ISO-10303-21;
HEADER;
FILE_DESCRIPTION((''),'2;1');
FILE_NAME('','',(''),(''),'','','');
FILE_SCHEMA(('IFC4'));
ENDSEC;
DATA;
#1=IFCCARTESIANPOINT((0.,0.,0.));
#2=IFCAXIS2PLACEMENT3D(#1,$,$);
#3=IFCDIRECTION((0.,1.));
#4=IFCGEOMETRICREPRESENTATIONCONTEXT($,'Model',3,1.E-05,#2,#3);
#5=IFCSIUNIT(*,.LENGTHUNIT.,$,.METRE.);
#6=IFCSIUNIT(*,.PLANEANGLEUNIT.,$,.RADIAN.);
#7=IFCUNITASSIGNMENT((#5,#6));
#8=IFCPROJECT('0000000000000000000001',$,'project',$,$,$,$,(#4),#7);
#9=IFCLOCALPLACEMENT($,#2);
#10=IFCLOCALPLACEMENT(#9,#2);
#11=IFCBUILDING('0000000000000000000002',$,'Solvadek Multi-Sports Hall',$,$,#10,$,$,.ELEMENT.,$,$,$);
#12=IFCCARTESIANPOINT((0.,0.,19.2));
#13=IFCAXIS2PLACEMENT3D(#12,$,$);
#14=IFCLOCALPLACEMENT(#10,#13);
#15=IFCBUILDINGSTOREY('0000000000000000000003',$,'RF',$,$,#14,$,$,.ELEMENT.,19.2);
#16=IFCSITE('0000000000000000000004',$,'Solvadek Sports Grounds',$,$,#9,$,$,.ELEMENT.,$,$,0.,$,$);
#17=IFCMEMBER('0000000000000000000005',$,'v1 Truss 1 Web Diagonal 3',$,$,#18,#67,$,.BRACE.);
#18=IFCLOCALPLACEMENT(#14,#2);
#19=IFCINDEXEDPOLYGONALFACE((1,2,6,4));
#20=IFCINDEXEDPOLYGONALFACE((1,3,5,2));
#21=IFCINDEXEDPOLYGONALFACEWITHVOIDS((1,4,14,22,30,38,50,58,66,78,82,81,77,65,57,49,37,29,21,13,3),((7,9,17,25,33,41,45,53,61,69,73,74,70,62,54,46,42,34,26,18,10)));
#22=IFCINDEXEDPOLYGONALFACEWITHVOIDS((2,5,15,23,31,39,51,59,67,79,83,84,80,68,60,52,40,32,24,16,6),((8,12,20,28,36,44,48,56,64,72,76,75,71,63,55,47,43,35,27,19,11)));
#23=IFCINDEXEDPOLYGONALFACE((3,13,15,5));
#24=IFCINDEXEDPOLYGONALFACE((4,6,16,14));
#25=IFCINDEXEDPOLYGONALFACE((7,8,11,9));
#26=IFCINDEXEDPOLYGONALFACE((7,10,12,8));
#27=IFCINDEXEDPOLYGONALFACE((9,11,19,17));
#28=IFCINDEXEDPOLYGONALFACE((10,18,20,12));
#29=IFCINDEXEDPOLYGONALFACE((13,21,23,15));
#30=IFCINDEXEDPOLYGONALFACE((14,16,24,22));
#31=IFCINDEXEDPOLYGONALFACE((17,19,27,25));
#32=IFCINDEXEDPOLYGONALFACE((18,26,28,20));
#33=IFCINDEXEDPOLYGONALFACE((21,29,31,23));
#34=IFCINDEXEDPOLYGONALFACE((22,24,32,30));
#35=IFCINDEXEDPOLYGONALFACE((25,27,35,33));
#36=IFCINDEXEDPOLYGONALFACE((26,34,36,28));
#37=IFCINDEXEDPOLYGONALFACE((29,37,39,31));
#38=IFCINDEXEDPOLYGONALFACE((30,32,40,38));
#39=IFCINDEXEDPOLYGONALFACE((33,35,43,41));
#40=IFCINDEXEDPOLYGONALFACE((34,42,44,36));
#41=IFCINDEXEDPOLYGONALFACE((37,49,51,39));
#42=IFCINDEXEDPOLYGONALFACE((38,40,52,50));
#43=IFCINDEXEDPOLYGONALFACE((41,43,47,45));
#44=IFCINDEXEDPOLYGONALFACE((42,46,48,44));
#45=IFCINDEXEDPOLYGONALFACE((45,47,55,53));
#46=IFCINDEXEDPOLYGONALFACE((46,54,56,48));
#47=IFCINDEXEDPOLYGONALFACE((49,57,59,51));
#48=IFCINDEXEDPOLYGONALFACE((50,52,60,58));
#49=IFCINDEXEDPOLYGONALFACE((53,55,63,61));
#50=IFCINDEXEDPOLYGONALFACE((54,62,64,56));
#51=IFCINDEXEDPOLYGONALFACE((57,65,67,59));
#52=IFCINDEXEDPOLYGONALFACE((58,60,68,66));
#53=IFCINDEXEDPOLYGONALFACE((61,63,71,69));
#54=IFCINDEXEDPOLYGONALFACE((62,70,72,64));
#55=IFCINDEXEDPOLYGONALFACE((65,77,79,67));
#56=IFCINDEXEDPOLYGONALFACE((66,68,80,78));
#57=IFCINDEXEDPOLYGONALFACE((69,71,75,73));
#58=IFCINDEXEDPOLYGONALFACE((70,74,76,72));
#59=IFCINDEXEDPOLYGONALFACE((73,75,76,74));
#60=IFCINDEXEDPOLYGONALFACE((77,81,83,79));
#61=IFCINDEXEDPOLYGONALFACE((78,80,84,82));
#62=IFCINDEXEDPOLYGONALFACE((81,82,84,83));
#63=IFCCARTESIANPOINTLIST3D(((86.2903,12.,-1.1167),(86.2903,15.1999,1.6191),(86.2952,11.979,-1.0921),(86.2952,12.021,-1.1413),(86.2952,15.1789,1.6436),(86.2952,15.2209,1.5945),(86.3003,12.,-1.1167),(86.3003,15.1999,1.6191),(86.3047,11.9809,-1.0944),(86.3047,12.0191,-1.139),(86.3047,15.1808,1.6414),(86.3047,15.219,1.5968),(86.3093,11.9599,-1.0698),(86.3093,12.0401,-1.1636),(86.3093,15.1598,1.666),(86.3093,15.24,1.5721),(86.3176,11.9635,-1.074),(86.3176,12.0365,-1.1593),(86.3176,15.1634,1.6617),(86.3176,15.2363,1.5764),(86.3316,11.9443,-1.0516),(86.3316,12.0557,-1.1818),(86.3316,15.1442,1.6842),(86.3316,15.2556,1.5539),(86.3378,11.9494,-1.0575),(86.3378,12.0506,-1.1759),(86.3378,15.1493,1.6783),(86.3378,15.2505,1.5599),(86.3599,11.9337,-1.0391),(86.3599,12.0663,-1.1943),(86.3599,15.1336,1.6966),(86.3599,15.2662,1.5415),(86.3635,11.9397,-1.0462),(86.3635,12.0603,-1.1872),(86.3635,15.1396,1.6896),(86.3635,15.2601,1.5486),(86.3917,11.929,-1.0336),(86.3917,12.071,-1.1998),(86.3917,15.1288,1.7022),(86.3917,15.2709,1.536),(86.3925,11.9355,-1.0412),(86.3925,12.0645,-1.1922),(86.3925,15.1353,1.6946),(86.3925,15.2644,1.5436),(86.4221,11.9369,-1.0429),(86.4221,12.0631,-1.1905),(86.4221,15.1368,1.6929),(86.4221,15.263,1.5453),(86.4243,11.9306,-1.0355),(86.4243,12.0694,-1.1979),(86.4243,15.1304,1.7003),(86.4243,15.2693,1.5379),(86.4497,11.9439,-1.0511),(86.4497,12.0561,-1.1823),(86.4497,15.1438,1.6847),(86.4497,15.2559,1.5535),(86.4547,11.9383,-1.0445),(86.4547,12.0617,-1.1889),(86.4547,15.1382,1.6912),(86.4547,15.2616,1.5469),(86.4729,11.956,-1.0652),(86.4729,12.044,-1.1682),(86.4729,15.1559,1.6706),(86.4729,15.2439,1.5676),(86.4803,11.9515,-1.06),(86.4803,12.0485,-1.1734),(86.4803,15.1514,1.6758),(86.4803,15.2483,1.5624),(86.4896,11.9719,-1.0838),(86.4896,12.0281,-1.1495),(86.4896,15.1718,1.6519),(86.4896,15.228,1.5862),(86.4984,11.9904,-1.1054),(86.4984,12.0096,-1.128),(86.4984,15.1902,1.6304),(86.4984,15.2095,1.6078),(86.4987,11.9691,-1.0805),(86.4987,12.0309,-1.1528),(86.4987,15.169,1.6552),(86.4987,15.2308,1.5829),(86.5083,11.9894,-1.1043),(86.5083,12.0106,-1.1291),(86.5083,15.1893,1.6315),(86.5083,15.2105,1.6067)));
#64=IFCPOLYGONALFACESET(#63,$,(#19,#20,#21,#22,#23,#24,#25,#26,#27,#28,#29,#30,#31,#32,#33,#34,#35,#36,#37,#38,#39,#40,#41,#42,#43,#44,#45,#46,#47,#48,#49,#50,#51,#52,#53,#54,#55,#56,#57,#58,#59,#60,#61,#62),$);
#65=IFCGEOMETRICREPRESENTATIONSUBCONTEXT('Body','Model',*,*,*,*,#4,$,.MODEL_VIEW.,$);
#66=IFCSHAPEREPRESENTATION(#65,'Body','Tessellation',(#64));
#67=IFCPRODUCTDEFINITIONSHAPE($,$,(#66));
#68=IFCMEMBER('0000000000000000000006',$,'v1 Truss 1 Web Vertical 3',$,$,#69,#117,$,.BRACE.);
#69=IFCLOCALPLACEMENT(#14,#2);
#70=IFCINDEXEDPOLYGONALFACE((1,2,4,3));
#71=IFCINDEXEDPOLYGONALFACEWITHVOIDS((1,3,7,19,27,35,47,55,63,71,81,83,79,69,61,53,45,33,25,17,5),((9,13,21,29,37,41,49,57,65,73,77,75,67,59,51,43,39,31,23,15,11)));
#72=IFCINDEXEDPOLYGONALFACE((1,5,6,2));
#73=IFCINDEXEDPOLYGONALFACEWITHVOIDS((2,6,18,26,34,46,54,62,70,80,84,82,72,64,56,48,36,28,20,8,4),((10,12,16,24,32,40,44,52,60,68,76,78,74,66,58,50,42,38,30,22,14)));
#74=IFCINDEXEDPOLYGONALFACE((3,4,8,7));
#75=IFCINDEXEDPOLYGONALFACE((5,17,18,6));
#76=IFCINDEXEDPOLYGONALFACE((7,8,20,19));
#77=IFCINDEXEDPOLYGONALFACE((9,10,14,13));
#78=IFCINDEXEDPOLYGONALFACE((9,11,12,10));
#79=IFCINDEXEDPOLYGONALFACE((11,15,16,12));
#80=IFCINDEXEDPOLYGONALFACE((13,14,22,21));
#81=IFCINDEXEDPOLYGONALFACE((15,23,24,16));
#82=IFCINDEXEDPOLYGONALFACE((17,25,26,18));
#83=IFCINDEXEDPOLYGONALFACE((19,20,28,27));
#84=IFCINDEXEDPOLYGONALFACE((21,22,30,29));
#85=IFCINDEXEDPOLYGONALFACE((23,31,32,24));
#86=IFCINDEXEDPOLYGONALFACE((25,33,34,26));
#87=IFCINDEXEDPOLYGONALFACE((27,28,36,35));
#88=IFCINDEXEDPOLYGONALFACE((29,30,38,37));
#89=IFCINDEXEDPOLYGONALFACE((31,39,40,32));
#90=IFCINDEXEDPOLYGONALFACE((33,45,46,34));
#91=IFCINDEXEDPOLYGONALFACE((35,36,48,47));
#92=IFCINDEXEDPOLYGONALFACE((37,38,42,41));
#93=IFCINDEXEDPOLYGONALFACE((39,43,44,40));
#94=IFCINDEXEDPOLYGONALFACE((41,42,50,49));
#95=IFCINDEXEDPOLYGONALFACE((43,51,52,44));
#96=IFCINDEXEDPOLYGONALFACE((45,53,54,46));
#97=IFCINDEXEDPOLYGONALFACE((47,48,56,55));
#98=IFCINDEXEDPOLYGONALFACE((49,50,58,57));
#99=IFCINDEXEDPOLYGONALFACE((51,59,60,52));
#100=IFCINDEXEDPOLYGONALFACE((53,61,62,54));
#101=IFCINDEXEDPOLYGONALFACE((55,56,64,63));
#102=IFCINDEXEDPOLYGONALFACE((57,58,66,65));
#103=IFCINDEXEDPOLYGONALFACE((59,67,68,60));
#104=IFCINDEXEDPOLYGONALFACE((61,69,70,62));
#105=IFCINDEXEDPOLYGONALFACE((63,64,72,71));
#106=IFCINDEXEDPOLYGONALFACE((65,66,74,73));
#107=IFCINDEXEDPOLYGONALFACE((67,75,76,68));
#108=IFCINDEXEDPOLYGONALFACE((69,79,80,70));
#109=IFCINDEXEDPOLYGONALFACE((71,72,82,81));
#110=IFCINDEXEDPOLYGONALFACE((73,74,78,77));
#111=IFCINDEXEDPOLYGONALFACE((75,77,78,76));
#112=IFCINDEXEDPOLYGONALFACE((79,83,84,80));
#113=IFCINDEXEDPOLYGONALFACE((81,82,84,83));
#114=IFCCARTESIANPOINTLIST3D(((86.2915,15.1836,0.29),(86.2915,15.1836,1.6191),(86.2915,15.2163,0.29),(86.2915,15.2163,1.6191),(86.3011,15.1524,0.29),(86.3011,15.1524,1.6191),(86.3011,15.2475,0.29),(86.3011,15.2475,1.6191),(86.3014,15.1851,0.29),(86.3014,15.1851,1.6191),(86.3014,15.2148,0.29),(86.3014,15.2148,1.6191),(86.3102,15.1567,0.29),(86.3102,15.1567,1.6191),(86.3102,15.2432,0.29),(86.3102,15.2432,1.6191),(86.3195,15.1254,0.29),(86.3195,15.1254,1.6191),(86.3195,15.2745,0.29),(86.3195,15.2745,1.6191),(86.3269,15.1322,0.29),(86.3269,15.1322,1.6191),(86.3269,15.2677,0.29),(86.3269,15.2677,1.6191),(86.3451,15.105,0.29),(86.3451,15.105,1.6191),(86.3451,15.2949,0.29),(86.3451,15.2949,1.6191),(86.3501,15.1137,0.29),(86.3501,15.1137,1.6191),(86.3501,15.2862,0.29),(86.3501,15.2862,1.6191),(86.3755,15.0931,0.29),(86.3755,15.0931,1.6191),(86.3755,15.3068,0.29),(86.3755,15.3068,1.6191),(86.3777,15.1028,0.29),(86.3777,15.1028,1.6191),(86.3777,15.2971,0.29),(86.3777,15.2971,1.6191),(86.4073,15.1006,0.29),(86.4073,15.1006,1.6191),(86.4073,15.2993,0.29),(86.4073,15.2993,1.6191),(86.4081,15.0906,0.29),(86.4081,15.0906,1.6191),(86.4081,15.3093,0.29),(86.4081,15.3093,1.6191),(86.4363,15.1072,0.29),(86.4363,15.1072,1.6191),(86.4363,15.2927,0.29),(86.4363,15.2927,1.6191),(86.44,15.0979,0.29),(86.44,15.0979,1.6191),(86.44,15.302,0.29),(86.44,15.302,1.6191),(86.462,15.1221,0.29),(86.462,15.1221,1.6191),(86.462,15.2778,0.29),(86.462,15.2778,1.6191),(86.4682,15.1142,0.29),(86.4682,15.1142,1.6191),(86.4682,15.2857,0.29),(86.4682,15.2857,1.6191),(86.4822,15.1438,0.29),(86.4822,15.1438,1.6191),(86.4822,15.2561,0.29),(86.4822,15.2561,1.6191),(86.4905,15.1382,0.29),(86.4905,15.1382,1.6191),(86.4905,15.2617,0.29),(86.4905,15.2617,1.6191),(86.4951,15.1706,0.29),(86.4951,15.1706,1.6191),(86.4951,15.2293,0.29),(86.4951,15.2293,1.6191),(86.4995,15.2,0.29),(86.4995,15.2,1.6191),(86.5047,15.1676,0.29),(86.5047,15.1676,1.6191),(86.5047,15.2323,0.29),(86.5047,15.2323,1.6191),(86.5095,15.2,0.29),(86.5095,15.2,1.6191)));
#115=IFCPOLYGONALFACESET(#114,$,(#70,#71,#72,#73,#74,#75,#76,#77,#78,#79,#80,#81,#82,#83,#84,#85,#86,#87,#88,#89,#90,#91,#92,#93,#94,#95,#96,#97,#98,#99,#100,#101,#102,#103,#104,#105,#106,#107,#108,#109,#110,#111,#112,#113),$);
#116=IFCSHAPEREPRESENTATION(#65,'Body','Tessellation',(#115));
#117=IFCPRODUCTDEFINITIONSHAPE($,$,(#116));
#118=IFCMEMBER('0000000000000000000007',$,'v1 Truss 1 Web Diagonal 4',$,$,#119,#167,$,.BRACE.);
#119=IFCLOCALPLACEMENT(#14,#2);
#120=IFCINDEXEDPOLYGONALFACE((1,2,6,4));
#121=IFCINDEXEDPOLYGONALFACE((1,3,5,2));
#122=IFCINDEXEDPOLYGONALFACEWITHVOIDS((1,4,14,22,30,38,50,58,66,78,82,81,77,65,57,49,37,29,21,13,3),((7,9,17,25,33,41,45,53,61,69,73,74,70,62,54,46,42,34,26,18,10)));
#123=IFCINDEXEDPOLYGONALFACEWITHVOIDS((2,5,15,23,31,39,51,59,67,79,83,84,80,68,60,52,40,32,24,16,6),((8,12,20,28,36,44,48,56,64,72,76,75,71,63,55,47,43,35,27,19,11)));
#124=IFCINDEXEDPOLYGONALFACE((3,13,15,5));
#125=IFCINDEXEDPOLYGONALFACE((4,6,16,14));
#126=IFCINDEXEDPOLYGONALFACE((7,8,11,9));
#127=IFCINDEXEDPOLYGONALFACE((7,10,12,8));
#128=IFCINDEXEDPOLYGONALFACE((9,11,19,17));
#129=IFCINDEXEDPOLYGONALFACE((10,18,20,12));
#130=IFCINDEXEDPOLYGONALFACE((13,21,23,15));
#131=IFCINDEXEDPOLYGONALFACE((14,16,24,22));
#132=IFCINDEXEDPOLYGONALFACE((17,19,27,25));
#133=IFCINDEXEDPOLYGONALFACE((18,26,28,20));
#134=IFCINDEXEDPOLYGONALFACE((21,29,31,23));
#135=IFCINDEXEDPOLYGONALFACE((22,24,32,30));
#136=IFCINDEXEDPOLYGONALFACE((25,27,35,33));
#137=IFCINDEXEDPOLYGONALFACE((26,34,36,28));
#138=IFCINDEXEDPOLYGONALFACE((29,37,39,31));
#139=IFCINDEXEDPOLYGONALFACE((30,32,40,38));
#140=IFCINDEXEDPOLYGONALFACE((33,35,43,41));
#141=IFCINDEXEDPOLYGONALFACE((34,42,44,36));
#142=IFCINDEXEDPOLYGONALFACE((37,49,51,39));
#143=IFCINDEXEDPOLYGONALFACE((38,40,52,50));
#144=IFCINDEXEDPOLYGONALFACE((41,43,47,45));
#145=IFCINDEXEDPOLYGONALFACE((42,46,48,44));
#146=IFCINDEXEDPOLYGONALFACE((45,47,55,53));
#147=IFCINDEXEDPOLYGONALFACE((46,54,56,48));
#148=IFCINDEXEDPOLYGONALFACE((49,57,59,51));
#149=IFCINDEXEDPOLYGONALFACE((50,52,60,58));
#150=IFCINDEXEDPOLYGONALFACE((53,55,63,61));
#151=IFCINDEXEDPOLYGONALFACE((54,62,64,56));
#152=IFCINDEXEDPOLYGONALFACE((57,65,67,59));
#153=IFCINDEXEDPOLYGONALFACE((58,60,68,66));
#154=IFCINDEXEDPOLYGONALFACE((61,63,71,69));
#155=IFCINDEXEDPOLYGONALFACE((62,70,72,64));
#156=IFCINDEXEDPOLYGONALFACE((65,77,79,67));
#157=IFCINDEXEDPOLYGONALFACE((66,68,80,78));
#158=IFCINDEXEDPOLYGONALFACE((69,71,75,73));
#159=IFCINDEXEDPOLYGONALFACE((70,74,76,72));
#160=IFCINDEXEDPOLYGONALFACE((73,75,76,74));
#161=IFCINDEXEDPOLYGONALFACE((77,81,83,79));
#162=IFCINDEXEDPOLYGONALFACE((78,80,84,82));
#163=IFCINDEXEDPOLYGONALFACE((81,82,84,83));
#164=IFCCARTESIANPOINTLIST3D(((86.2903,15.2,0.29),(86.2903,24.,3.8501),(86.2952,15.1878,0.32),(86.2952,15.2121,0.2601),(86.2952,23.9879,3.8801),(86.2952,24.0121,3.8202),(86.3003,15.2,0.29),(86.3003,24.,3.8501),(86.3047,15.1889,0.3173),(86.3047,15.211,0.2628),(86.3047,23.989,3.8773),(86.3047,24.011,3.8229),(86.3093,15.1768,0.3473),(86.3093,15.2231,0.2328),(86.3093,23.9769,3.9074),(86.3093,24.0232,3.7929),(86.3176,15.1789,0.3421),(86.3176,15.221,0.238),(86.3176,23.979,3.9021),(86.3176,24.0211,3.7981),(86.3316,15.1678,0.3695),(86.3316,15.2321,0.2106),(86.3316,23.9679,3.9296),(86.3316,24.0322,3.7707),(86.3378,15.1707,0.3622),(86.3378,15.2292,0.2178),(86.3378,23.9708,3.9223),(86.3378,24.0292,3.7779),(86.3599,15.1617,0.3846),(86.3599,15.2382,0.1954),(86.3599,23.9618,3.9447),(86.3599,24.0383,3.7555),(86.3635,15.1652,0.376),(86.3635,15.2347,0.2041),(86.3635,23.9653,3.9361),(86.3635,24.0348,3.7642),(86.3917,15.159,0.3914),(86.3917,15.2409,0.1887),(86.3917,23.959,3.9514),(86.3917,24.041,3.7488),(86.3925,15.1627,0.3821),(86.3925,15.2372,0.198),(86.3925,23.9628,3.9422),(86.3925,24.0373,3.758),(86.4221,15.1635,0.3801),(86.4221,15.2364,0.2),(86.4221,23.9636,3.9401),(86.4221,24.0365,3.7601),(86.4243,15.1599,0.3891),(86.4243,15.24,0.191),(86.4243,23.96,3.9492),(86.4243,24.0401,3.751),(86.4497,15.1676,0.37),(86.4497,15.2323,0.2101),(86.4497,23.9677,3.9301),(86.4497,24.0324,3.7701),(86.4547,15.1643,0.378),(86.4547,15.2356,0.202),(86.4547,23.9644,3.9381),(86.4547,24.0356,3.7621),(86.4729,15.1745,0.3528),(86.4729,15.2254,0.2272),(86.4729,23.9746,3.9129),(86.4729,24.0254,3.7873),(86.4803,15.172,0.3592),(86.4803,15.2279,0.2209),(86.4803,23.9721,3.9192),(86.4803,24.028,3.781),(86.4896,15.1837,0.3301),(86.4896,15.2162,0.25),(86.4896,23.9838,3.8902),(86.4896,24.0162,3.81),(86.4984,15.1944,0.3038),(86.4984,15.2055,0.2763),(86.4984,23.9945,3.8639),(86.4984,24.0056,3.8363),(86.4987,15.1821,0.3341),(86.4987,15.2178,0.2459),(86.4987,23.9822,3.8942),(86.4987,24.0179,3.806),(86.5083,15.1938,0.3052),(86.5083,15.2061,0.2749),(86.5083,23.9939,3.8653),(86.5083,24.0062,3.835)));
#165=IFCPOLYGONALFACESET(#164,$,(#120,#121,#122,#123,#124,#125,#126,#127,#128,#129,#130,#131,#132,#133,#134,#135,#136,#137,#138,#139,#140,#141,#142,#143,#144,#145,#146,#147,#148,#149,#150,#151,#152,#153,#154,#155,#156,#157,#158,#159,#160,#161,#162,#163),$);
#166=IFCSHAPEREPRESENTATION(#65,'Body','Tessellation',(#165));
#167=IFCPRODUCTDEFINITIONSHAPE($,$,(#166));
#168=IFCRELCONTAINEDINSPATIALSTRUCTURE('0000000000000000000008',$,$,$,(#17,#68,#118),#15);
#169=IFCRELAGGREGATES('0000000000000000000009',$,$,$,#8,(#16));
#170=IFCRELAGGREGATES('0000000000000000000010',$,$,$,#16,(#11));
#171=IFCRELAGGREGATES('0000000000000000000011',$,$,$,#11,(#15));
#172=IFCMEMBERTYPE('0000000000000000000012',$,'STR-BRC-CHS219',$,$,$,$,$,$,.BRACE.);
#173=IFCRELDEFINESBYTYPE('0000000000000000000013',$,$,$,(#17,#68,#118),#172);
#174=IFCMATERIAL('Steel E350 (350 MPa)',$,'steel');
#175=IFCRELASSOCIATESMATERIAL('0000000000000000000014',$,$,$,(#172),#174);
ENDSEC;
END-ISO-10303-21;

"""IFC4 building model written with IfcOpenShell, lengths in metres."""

from ifc_helpers import new_model, si_unit, direction, frame, origin, origin_2d, place, context, subcontext, project, spatial, hollow_circle, extrude, material, material_profile, profile_set, type_object, element, save


model = new_model("IFC4")

# Units and contexts
model_context = context("Model", 3, precision=1e-05, world=origin(), true_north=direction((0.0, 1.0)))
body_context = subcontext(model_context, "Body", "Model", "MODEL_VIEW")
ifc_project = project(units=[si_unit("LENGTHUNIT", "METRE"), si_unit("PLANEANGLEUNIT", "RADIAN")], contexts=[model_context])

# Site, building, storey
site_placement = place(None, origin())
site = spatial("IfcSite", under=ifc_project, at=site_placement, Name="Solvadek Sports Grounds", CompositionType="ELEMENT", RefElevation=0.0)
building_placement = place(site_placement, origin())
building = spatial("IfcBuilding", under=site, at=building_placement, Name="Solvadek Multi-Sports Hall", CompositionType="ELEMENT")
storey_placement = place(building_placement, frame((0.0, 0.0, 19.2)))
storey = spatial("IfcBuildingStorey", under=building, at=storey_placement, Name="RF", CompositionType="ELEMENT", Elevation=19.2)

# Shared definitions
ifc_material_1 = material(Name="Steel E350 (350 MPa)", Category="steel")

# Members
ifc_material_profile_1 = material_profile(ifc_material_1, hollow_circle(Radius=0.1096, WallThickness=0.01, at=origin_2d()), Name="CHS 219.1x10")
ifc_profile_set_1 = profile_set([ifc_material_profile_1], Name="Steel E350 (350 MPa)")
member_type_1 = type_object("IfcMemberType", Name="STR-BRC-CHS219", PredefinedType="BRACE", material=ifc_profile_set_1)
member_1_placement = place(storey_placement, frame((86.3999, 12.0, -1.1167), z_axis=(0.0, 0.760075, 0.649836), x_axis=(-1.0, 0.0, 0.0)))
element("IfcMember", 1, at=member_1_placement, inside=storey, type_object=member_type_1, Name="v1 Truss 1 Web Diagonal 3", PredefinedType="BRACE", context=body_context, shape_type="SweptSolid", body=[
    extrude(hollow_circle(Radius=0.1096, WallThickness=0.01, at=origin_2d()), origin(), (0.0, 0.0, 1.0), 4.21),
])
member_2_placement = place(storey_placement, frame((86.3999, 15.2, 0.29), z_axis=(0.0, 0.0, 1.0), x_axis=(1.0, 0.0, 0.0)))
element("IfcMember", 2, at=member_2_placement, inside=storey, type_object=member_type_1, Name="v1 Truss 1 Web Vertical 3", PredefinedType="BRACE", context=body_context, shape_type="SweptSolid", body=[
    extrude(hollow_circle(Radius=0.1096, WallThickness=0.01, at=origin_2d()), origin(), (0.0, 0.0, 1.0), 1.3291),
])
member_3_placement = place(storey_placement, frame((86.3999, 15.2, 0.29), z_axis=(0.0, 0.927015, 0.375024), x_axis=(-1.0, 0.0, 0.0)))
element("IfcMember", 3, at=member_3_placement, inside=storey, type_object=member_type_1, Name="v1 Truss 1 Web Diagonal 4", PredefinedType="BRACE", context=body_context, shape_type="SweptSolid", body=[
    extrude(hollow_circle(Radius=0.1096, WallThickness=0.01, at=origin_2d()), origin(), (0.0, 0.0, 1.0), 9.4929),
])

save(model, "model.ifc")
